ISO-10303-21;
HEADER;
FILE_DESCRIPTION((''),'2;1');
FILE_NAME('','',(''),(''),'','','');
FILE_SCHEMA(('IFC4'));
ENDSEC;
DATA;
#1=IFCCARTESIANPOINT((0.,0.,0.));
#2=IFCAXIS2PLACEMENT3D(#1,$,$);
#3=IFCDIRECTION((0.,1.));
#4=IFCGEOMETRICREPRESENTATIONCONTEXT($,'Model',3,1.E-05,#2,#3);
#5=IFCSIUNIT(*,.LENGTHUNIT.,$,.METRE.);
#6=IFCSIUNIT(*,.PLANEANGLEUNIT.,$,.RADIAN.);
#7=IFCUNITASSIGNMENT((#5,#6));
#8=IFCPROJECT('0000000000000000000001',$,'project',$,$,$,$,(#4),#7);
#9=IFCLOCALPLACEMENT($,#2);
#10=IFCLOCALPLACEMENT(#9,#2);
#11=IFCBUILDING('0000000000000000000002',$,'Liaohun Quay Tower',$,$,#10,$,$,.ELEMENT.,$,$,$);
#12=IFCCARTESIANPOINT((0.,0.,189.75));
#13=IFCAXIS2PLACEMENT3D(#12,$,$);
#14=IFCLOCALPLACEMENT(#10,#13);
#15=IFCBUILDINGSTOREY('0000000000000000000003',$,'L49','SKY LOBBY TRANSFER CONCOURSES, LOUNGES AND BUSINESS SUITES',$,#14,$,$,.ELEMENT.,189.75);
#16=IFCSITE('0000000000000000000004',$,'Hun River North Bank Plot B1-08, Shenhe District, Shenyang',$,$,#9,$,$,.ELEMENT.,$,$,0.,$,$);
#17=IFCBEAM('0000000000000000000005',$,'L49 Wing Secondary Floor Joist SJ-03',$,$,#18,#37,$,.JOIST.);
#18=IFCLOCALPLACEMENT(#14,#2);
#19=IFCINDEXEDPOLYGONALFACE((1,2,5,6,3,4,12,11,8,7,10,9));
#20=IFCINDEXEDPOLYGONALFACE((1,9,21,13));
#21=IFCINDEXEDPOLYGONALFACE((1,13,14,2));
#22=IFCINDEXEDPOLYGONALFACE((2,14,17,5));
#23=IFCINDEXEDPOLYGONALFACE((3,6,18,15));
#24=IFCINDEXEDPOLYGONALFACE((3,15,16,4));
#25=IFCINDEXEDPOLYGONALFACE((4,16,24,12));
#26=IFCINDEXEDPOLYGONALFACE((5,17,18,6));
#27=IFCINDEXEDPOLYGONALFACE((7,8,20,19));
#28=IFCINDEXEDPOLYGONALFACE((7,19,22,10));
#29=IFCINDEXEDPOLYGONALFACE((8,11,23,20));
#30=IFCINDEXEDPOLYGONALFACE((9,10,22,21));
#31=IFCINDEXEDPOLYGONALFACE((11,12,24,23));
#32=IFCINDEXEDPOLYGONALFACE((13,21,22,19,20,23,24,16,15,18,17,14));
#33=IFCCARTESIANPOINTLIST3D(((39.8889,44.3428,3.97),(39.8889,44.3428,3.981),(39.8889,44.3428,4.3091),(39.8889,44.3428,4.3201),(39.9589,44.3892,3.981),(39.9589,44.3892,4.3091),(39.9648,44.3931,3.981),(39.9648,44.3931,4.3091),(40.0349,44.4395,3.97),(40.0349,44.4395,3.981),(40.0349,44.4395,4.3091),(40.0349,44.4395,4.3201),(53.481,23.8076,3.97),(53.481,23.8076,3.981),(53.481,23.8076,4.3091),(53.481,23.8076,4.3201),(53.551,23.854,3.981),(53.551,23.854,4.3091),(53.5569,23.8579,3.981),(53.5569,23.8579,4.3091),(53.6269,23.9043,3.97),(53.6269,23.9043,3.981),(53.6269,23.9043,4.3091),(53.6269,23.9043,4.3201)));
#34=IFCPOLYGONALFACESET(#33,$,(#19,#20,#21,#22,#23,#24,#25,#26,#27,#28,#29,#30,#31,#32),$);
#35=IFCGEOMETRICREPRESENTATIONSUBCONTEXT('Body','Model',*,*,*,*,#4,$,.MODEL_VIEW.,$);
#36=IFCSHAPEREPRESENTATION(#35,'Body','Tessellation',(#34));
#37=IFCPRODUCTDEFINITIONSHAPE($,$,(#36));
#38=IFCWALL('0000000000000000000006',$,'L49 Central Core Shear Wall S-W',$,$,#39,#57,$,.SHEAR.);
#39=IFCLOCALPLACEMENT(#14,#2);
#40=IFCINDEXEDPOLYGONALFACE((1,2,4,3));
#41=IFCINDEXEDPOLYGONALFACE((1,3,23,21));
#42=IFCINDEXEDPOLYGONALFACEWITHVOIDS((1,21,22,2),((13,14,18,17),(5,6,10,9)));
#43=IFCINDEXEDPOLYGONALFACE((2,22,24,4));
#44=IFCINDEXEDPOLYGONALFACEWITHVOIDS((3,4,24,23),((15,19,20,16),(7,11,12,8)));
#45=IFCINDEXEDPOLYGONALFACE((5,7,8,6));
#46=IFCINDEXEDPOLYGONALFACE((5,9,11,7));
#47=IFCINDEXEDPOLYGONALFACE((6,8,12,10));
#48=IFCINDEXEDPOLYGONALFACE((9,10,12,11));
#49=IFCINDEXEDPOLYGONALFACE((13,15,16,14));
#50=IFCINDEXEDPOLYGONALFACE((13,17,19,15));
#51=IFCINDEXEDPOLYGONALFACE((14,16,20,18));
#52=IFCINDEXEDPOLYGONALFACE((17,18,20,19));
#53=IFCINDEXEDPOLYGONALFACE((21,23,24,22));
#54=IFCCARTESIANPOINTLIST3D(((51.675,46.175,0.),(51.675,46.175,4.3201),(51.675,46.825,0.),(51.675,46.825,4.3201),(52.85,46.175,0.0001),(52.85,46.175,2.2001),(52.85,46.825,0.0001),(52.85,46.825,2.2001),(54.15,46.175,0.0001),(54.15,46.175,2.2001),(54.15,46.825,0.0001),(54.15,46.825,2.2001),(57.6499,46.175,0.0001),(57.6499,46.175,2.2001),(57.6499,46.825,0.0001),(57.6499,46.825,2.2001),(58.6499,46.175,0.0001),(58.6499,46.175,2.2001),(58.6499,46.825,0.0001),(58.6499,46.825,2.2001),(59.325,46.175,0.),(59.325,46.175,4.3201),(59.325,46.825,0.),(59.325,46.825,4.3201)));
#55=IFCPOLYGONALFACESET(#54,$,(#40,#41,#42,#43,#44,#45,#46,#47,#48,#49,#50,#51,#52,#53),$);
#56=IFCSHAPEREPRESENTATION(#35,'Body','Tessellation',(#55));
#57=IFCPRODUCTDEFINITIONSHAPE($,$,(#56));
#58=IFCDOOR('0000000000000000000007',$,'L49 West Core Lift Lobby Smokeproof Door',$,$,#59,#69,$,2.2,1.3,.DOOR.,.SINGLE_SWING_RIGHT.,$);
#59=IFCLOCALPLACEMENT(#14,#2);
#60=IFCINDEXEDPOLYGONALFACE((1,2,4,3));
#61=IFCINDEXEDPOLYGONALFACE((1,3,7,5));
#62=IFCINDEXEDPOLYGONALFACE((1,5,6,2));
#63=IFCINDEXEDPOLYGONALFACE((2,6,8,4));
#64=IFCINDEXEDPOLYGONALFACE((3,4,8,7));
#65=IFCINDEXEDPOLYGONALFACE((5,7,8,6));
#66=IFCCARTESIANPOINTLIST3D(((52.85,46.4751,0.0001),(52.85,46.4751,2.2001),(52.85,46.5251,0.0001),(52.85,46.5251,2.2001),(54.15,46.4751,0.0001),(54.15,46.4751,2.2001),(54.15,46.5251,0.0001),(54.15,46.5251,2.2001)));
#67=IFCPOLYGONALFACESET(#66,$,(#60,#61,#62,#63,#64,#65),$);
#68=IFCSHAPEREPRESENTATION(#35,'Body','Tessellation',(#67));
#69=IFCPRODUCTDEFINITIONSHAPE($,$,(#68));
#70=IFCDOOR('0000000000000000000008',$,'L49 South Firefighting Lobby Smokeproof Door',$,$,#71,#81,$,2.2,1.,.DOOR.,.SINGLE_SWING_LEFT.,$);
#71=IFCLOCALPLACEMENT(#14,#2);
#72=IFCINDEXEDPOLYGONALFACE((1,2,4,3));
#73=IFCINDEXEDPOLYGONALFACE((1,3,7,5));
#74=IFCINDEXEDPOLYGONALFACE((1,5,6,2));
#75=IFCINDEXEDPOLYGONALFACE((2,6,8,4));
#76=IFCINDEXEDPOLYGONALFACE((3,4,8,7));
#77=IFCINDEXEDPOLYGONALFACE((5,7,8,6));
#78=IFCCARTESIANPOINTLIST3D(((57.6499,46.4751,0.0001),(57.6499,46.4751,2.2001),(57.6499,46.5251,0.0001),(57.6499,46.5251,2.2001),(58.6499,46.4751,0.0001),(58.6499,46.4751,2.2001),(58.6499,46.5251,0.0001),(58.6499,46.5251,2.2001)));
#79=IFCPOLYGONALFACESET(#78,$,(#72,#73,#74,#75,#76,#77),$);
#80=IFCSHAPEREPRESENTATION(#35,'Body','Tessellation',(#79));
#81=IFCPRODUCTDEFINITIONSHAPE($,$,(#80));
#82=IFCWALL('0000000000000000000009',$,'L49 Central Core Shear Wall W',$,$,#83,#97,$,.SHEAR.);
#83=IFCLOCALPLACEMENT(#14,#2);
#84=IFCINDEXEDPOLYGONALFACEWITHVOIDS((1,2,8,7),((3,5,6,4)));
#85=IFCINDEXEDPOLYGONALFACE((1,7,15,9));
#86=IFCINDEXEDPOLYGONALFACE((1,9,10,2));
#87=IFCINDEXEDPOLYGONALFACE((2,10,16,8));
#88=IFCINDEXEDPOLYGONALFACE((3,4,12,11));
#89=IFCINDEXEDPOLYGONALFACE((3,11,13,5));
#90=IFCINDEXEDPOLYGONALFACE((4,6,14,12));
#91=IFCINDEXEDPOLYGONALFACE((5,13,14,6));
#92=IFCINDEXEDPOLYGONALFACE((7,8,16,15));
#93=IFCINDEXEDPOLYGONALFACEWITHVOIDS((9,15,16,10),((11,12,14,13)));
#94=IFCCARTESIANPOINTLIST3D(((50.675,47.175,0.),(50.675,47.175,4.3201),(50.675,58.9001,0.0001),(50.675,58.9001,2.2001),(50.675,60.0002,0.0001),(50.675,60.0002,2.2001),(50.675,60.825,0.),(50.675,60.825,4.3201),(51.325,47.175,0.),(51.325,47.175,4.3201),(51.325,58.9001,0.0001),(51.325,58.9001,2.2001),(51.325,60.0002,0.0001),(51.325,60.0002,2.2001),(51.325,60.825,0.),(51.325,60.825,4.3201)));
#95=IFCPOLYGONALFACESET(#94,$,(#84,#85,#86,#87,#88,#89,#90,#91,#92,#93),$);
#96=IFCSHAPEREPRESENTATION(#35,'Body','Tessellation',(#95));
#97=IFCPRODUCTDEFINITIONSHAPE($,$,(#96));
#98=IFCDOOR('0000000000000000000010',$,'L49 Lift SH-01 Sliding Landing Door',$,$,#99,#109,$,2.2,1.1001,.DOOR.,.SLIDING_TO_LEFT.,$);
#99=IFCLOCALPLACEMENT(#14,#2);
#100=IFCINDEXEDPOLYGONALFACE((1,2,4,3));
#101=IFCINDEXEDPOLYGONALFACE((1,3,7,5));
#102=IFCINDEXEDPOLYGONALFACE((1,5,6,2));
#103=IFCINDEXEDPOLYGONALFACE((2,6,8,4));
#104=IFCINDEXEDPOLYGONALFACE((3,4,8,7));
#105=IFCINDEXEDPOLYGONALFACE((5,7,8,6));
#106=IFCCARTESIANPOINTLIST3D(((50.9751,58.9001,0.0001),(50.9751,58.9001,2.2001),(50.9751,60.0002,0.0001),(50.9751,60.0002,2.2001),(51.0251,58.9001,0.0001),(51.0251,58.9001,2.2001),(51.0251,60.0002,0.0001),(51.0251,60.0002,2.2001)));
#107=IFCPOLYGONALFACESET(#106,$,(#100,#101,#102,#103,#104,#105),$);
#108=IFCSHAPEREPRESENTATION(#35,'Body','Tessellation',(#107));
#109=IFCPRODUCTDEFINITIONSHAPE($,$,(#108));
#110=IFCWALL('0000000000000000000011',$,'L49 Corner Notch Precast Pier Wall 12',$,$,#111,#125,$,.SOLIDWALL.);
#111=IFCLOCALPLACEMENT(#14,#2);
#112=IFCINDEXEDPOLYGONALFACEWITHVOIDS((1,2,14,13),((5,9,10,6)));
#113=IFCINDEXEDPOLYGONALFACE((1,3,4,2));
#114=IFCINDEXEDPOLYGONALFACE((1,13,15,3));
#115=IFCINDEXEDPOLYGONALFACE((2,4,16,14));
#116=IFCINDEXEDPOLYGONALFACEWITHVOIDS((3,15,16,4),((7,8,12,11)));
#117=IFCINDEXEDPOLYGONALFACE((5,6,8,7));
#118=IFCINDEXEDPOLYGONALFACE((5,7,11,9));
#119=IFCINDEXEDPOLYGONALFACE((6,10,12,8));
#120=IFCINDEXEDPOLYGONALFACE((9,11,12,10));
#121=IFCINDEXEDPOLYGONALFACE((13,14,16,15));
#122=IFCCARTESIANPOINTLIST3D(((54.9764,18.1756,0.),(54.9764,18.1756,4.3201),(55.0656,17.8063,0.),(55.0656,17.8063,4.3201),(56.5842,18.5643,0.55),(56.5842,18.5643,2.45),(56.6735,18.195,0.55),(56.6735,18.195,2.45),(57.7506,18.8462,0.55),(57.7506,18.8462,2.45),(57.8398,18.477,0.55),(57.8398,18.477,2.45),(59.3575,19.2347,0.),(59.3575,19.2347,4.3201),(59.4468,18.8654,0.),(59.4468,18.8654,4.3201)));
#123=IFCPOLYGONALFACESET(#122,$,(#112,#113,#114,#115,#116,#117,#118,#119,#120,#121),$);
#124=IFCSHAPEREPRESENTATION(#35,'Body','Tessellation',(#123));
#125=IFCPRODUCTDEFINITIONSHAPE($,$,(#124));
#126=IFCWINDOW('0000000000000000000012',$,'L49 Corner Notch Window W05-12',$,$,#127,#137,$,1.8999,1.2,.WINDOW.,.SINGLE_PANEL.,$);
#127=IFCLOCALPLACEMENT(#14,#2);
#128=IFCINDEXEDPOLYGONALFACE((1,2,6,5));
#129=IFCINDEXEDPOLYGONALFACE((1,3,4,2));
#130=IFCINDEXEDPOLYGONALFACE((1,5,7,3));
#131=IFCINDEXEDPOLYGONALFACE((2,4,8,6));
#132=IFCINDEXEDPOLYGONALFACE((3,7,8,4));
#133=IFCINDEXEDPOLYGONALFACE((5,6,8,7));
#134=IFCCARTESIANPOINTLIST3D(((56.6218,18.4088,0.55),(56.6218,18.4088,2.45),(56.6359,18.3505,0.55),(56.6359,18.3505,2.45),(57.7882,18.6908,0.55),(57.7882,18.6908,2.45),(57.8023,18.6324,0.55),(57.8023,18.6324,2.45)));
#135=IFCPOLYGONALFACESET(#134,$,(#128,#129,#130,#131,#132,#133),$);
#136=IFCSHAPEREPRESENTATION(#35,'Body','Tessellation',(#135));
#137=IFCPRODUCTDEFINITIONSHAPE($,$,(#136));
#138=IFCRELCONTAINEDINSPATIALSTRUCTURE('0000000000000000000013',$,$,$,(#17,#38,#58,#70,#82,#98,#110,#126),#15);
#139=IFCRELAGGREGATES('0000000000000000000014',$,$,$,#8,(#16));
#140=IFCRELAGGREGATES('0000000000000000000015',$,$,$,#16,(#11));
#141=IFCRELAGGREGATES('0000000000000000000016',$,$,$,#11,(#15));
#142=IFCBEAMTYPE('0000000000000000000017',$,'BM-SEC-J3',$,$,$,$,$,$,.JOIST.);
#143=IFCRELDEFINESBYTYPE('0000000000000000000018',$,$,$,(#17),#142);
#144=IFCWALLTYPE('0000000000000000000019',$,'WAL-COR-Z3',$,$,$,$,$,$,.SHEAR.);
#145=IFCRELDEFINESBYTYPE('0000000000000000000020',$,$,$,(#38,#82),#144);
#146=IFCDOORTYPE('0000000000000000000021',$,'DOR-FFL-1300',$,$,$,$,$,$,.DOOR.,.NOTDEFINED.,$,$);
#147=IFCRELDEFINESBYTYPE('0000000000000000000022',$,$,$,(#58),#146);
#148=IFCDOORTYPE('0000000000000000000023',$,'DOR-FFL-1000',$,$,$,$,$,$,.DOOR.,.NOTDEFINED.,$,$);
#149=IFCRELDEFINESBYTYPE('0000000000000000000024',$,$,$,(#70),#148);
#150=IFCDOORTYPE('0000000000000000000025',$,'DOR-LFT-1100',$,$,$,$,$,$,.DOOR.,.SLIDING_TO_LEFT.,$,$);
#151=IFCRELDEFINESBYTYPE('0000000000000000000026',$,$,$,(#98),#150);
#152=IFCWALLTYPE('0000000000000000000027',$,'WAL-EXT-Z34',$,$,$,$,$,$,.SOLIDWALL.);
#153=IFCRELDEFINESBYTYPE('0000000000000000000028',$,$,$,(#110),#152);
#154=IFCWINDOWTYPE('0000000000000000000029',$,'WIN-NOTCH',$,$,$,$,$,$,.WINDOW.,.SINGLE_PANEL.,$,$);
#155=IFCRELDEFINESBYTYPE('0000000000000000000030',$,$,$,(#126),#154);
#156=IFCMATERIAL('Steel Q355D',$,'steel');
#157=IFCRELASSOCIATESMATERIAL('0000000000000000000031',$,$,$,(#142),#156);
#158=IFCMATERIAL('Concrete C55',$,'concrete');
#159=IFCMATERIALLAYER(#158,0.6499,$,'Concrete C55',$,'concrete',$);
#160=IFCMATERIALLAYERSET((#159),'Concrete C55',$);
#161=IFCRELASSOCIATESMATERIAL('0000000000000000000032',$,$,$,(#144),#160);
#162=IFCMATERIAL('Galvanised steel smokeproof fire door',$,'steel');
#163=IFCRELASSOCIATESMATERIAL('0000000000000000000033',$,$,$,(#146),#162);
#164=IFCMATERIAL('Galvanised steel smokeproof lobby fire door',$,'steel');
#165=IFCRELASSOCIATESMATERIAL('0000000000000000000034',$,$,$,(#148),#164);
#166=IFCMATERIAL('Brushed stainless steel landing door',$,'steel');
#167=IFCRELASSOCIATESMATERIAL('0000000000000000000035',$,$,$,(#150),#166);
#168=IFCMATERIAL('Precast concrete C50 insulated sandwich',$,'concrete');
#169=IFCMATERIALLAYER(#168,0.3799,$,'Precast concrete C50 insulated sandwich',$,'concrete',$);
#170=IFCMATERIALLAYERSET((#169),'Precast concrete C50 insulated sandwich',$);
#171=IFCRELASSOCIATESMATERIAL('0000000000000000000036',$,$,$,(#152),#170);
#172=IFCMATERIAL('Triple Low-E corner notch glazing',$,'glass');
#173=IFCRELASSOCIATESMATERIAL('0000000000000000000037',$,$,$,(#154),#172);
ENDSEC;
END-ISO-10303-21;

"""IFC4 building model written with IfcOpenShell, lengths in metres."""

from ifc_helpers import new_model, si_unit, direction, frame, frame_2d, origin, origin_2d, place, context, subcontext, project, spatial, rectangle, i_section, extrude, source, transform, mapped, material, layer, layer_set, material_profile, profile_set, type_object, element, fill, save


model = new_model("IFC4")

# Units and contexts
model_context = context("Model", 3, precision=1e-05, world=origin(), true_north=direction((0.0, 1.0)))
body_context = subcontext(model_context, "Body", "Model", "MODEL_VIEW")
ifc_project = project(units=[si_unit("LENGTHUNIT", "METRE"), si_unit("PLANEANGLEUNIT", "RADIAN")], contexts=[model_context])

# Site, building, storey
site_placement = place(None, origin())
site = spatial("IfcSite", under=ifc_project, at=site_placement, Name="Hun River North Bank Plot B1-08, Shenhe District, Shenyang", CompositionType="ELEMENT", RefElevation=0.0)
building_placement = place(site_placement, origin())
building = spatial("IfcBuilding", under=site, at=building_placement, Name="Liaohun Quay Tower", CompositionType="ELEMENT")
storey_placement = place(building_placement, frame((0.0, 0.0, 189.75)))
storey = spatial("IfcBuildingStorey", under=building, at=storey_placement, Name="L49", Description="SKY LOBBY TRANSFER CONCOURSES, LOUNGES AND BUSINESS SUITES", CompositionType="ELEMENT", Elevation=189.75)

# Shared definitions
ifc_material_1 = material(Name="Concrete C55", Category="concrete")

# Beam
ifc_material_2 = material(Name="Steel Q355D", Category="steel")
ifc_material_profile_1 = material_profile(ifc_material_2, i_section(OverallWidth=0.175, OverallDepth=0.3501, WebThickness=0.0071, FlangeThickness=0.011, at=origin_2d()), Name="HN350x175x7x11")
ifc_profile_set_1 = profile_set([ifc_material_profile_1], Name="Steel Q355D")
beam_type_1 = type_object("IfcBeamType", Name="BM-SEC-J3", PredefinedType="JOIST", material=ifc_profile_set_1)
shared_shape_1 = source(origin(), body_context, "Body", "SweptSolid", [
    extrude(i_section(OverallWidth=0.175, OverallDepth=0.3501, WebThickness=0.0071, FlangeThickness=0.011, at=origin_2d()), origin(), (0.0, 0.0, 1.0), 24.626),
])
beam_1_placement = place(storey_placement, frame((53.554, 23.856, 4.145), z_axis=(-0.55194, 0.833884, 0.0), x_axis=(-0.833884, -0.55194, 0.0)))
element("IfcBeam", 1, at=beam_1_placement, inside=storey, type_object=beam_type_1, Name="L49 Wing Secondary Floor Joist SJ-03", PredefinedType="JOIST", context=body_context, shape_type="MappedRepresentation", body=[
    mapped(shared_shape_1, transform((0.0, 0.0, 0.0), x_axis=(1.0, 0.0, 0.0), y_axis=(0.0, 1.0, 0.0), z_axis=(0.0, 0.0, 1.0), scale=1.0)),
])

# Wall, openings, doors
ifc_layer_1 = layer(ifc_material_1, 0.6499, Name="Concrete C55", Category="concrete")
ifc_layer_set_1 = layer_set([ifc_layer_1], Name="Concrete C55")
wall_type_1 = type_object("IfcWallType", Name="WAL-COR-Z3", PredefinedType="SHEAR", material=ifc_layer_set_1)
wall_1_placement = place(storey_placement, frame((59.325, 46.5, 0.0), z_axis=(0.0, 0.0, 1.0), x_axis=(-1.0, 0.0, 0.0)))
wall_1 = element("IfcWall", 2, at=wall_1_placement, inside=storey, type_object=wall_type_1, Name="L49 Central Core Shear Wall S-W", PredefinedType="SHEAR", context=body_context, shape_type="SweptSolid", body=[
    extrude(rectangle(XDim=7.6499, YDim=0.6499, at=frame_2d((3.825, 0.0))), origin(), (0.0, 0.0, 1.0), 4.3201),
])
shared_shape_2 = source(origin(), body_context, "Body", "SweptSolid", [
    extrude(rectangle(XDim=1.3, YDim=2.2, at=frame_2d((0.6499, 1.1001))), frame((0.0, 0.335, 0.0), z_axis=(0.0, -1.0, 0.0), x_axis=(1.0, 0.0, 0.0)), (0.0, 0.0, 1.0), 0.6699),
])
opening_1_placement = place(wall_1_placement, frame((5.175, 0.0, 0.0)))
opening_1 = element("IfcOpeningElement", 3, at=opening_1_placement, cuts=wall_1, PredefinedType="OPENING", context=body_context, shape_type="MappedRepresentation", body=[
    mapped(shared_shape_2, transform((0.0, 0.0, 0.0), x_axis=(1.0, 0.0, 0.0), y_axis=(0.0, 1.0, 0.0), z_axis=(0.0, 0.0, 1.0), scale=1.0)),
])
shared_shape_3 = source(origin(), body_context, "Body", "SweptSolid", [
    extrude(rectangle(XDim=1.0, YDim=2.2, at=frame_2d((0.5, 1.1001))), frame((0.0, 0.335, 0.0), z_axis=(0.0, -1.0, 0.0), x_axis=(1.0, 0.0, 0.0)), (0.0, 0.0, 1.0), 0.6699),
])
opening_2_placement = place(wall_1_placement, frame((0.675, 0.0, 0.0)))
opening_2 = element("IfcOpeningElement", 4, at=opening_2_placement, cuts=wall_1, PredefinedType="OPENING", context=body_context, shape_type="MappedRepresentation", body=[
    mapped(shared_shape_3, transform((0.0, 0.0, 0.0), x_axis=(1.0, 0.0, 0.0), y_axis=(0.0, 1.0, 0.0), z_axis=(0.0, 0.0, 1.0), scale=1.0)),
])
ifc_material_3 = material(Name="Galvanised steel smokeproof fire door", Category="steel")
door_type_1 = type_object("IfcDoorType", Name="DOR-FFL-1300", OperationType="NOTDEFINED", PredefinedType="DOOR", material=ifc_material_3)
shared_shape_4 = source(origin(), body_context, "Body", "SweptSolid", [
    extrude(rectangle(XDim=1.3, YDim=2.2, at=frame_2d((0.6499, 1.1001))), frame((0.0, 0.0249, 0.0), z_axis=(0.0, -1.0, 0.0), x_axis=(1.0, 0.0, 0.0)), (0.0, 0.0, 1.0), 0.05),
])
door_1_placement = place(opening_1_placement, origin())
door_1 = element("IfcDoor", 5, at=door_1_placement, inside=storey, type_object=door_type_1, Name="L49 West Core Lift Lobby Smokeproof Door", OperationType="SINGLE_SWING_RIGHT", OverallHeight=2.2, OverallWidth=1.3, PredefinedType="DOOR", context=body_context, shape_type="MappedRepresentation", body=[
    mapped(shared_shape_4, transform((0.0, 0.0, 0.0), x_axis=(1.0, 0.0, 0.0), y_axis=(0.0, 1.0, 0.0), z_axis=(0.0, 0.0, 1.0), scale=1.0)),
])
fill(opening_1, door_1)
ifc_material_4 = material(Name="Galvanised steel smokeproof lobby fire door", Category="steel")
door_type_2 = type_object("IfcDoorType", Name="DOR-FFL-1000", OperationType="NOTDEFINED", PredefinedType="DOOR", material=ifc_material_4)
shared_shape_5 = source(origin(), body_context, "Body", "SweptSolid", [
    extrude(rectangle(XDim=1.0, YDim=2.2, at=frame_2d((0.5, 1.1001))), frame((0.0, 0.0249, 0.0), z_axis=(0.0, -1.0, 0.0), x_axis=(1.0, 0.0, 0.0)), (0.0, 0.0, 1.0), 0.05),
])
door_2_placement = place(opening_2_placement, origin())
door_2 = element("IfcDoor", 6, at=door_2_placement, inside=storey, type_object=door_type_2, Name="L49 South Firefighting Lobby Smokeproof Door", OperationType="SINGLE_SWING_LEFT", OverallHeight=2.2, OverallWidth=1.0, PredefinedType="DOOR", context=body_context, shape_type="MappedRepresentation", body=[
    mapped(shared_shape_5, transform((0.0, 0.0, 0.0), x_axis=(1.0, 0.0, 0.0), y_axis=(0.0, 1.0, 0.0), z_axis=(0.0, 0.0, 1.0), scale=1.0)),
])
fill(opening_2, door_2)

# Wall, opening, door
wall_2_placement = place(storey_placement, frame((51.0, 47.175, 0.0), z_axis=(0.0, 0.0, 1.0), x_axis=(0.0, 1.0, 0.0)))
wall_2 = element("IfcWall", 7, at=wall_2_placement, inside=storey, type_object=wall_type_1, Name="L49 Central Core Shear Wall W", PredefinedType="SHEAR", context=body_context, shape_type="SweptSolid", body=[
    extrude(rectangle(XDim=13.6499, YDim=0.6499, at=frame_2d((6.825, 0.0))), origin(), (0.0, 0.0, 1.0), 4.3201),
])
shared_shape_6 = source(origin(), body_context, "Body", "SweptSolid", [
    extrude(rectangle(XDim=1.1001, YDim=2.2, at=frame_2d((0.55, 1.1001))), frame((0.0, 0.335, 0.0), z_axis=(0.0, -1.0, 0.0), x_axis=(1.0, 0.0, 0.0)), (0.0, 0.0, 1.0), 0.6699),
])
opening_3_placement = place(wall_2_placement, frame((11.7251, 0.0, 0.0)))
opening_3 = element("IfcOpeningElement", 8, at=opening_3_placement, cuts=wall_2, PredefinedType="OPENING", context=body_context, shape_type="MappedRepresentation", body=[
    mapped(shared_shape_6, transform((0.0, 0.0, 0.0), x_axis=(1.0, 0.0, 0.0), y_axis=(0.0, 1.0, 0.0), z_axis=(0.0, 0.0, 1.0), scale=1.0)),
])
ifc_material_5 = material(Name="Brushed stainless steel landing door", Category="steel")
door_type_3 = type_object("IfcDoorType", Name="DOR-LFT-1100", OperationType="SLIDING_TO_LEFT", PredefinedType="DOOR", material=ifc_material_5)
shared_shape_7 = source(origin(), body_context, "Body", "SweptSolid", [
    extrude(rectangle(XDim=1.1001, YDim=2.2, at=frame_2d((0.55, 1.1001))), frame((0.0, 0.0249, 0.0), z_axis=(0.0, -1.0, 0.0), x_axis=(1.0, 0.0, 0.0)), (0.0, 0.0, 1.0), 0.05),
])
door_3_placement = place(opening_3_placement, origin())
door_3 = element("IfcDoor", 9, at=door_3_placement, inside=storey, type_object=door_type_3, Name="L49 Lift SH-01 Sliding Landing Door", OperationType="SLIDING_TO_LEFT", OverallHeight=2.2, OverallWidth=1.1001, PredefinedType="DOOR", context=body_context, shape_type="MappedRepresentation", body=[
    mapped(shared_shape_7, transform((0.0, 0.0, 0.0), x_axis=(1.0, 0.0, 0.0), y_axis=(0.0, 1.0, 0.0), z_axis=(0.0, 0.0, 1.0), scale=1.0)),
])
fill(opening_3, door_3)

# Wall, opening, window
ifc_material_6 = material(Name="Precast concrete C50 insulated sandwich", Category="concrete")
ifc_layer_2 = layer(ifc_material_6, 0.3799, Name="Precast concrete C50 insulated sandwich", Category="concrete")
ifc_layer_set_2 = layer_set([ifc_layer_2], Name="Precast concrete C50 insulated sandwich")
wall_type_2 = type_object("IfcWallType", Name="WAL-EXT-Z34", PredefinedType="SOLIDWALL", material=ifc_layer_set_2)
wall_3_placement = place(storey_placement, frame((55.021, 17.991, 0.0), z_axis=(0.0, 0.0, 1.0), x_axis=(0.972002, 0.234971, 0.0)))
wall_3 = element("IfcWall", 10, at=wall_3_placement, inside=storey, type_object=wall_type_2, Name="L49 Corner Notch Precast Pier Wall 12", PredefinedType="SOLIDWALL", context=body_context, shape_type="SweptSolid", body=[
    extrude(rectangle(XDim=4.5073, YDim=0.3799, at=frame_2d((2.2537, 0.0))), origin(), (0.0, 0.0, 1.0), 4.3201),
])
shared_shape_8 = source(origin(), body_context, "Body", "SweptSolid", [
    extrude(rectangle(XDim=1.2, YDim=1.8999, at=frame_2d((0.6001, 0.95))), frame((0.0, 0.2, 0.0), z_axis=(0.0, -1.0, 0.0), x_axis=(1.0, 0.0, 0.0)), (0.0, 0.0, 1.0), 0.3999),
])
opening_4_placement = place(wall_3_placement, frame((1.6541, 0.0, 0.55)))
opening_4 = element("IfcOpeningElement", 11, at=opening_4_placement, cuts=wall_3, PredefinedType="OPENING", context=body_context, shape_type="MappedRepresentation", body=[
    mapped(shared_shape_8, transform((0.0, 0.0, 0.0), x_axis=(1.0, 0.0, 0.0), y_axis=(0.0, 1.0, 0.0), z_axis=(0.0, 0.0, 1.0), scale=1.0)),
])
ifc_material_7 = material(Name="Triple Low-E corner notch glazing", Category="glass")
window_type = type_object("IfcWindowType", Name="WIN-NOTCH", PartitioningType="SINGLE_PANEL", PredefinedType="WINDOW", material=ifc_material_7)
shared_shape_9 = source(origin(), body_context, "Body", "SweptSolid", [
    extrude(rectangle(XDim=1.2, YDim=1.8999, at=frame_2d((0.6001, 0.95))), frame((0.0, 0.03, 0.0), z_axis=(0.0, -1.0, 0.0), x_axis=(1.0, 0.0, 0.0)), (0.0, 0.0, 1.0), 0.0601),
])
window_placement = place(opening_4_placement, origin())
window = element("IfcWindow", 12, at=window_placement, inside=storey, type_object=window_type, Name="L49 Corner Notch Window W05-12", OverallHeight=1.8999, OverallWidth=1.2, PartitioningType="SINGLE_PANEL", PredefinedType="WINDOW", context=body_context, shape_type="MappedRepresentation", body=[
    mapped(shared_shape_9, transform((0.0, 0.0, 0.0), x_axis=(1.0, 0.0, 0.0), y_axis=(0.0, 1.0, 0.0), z_axis=(0.0, 0.0, 1.0), scale=1.0)),
])
fill(opening_4, window)

save(model, "model.ifc")
